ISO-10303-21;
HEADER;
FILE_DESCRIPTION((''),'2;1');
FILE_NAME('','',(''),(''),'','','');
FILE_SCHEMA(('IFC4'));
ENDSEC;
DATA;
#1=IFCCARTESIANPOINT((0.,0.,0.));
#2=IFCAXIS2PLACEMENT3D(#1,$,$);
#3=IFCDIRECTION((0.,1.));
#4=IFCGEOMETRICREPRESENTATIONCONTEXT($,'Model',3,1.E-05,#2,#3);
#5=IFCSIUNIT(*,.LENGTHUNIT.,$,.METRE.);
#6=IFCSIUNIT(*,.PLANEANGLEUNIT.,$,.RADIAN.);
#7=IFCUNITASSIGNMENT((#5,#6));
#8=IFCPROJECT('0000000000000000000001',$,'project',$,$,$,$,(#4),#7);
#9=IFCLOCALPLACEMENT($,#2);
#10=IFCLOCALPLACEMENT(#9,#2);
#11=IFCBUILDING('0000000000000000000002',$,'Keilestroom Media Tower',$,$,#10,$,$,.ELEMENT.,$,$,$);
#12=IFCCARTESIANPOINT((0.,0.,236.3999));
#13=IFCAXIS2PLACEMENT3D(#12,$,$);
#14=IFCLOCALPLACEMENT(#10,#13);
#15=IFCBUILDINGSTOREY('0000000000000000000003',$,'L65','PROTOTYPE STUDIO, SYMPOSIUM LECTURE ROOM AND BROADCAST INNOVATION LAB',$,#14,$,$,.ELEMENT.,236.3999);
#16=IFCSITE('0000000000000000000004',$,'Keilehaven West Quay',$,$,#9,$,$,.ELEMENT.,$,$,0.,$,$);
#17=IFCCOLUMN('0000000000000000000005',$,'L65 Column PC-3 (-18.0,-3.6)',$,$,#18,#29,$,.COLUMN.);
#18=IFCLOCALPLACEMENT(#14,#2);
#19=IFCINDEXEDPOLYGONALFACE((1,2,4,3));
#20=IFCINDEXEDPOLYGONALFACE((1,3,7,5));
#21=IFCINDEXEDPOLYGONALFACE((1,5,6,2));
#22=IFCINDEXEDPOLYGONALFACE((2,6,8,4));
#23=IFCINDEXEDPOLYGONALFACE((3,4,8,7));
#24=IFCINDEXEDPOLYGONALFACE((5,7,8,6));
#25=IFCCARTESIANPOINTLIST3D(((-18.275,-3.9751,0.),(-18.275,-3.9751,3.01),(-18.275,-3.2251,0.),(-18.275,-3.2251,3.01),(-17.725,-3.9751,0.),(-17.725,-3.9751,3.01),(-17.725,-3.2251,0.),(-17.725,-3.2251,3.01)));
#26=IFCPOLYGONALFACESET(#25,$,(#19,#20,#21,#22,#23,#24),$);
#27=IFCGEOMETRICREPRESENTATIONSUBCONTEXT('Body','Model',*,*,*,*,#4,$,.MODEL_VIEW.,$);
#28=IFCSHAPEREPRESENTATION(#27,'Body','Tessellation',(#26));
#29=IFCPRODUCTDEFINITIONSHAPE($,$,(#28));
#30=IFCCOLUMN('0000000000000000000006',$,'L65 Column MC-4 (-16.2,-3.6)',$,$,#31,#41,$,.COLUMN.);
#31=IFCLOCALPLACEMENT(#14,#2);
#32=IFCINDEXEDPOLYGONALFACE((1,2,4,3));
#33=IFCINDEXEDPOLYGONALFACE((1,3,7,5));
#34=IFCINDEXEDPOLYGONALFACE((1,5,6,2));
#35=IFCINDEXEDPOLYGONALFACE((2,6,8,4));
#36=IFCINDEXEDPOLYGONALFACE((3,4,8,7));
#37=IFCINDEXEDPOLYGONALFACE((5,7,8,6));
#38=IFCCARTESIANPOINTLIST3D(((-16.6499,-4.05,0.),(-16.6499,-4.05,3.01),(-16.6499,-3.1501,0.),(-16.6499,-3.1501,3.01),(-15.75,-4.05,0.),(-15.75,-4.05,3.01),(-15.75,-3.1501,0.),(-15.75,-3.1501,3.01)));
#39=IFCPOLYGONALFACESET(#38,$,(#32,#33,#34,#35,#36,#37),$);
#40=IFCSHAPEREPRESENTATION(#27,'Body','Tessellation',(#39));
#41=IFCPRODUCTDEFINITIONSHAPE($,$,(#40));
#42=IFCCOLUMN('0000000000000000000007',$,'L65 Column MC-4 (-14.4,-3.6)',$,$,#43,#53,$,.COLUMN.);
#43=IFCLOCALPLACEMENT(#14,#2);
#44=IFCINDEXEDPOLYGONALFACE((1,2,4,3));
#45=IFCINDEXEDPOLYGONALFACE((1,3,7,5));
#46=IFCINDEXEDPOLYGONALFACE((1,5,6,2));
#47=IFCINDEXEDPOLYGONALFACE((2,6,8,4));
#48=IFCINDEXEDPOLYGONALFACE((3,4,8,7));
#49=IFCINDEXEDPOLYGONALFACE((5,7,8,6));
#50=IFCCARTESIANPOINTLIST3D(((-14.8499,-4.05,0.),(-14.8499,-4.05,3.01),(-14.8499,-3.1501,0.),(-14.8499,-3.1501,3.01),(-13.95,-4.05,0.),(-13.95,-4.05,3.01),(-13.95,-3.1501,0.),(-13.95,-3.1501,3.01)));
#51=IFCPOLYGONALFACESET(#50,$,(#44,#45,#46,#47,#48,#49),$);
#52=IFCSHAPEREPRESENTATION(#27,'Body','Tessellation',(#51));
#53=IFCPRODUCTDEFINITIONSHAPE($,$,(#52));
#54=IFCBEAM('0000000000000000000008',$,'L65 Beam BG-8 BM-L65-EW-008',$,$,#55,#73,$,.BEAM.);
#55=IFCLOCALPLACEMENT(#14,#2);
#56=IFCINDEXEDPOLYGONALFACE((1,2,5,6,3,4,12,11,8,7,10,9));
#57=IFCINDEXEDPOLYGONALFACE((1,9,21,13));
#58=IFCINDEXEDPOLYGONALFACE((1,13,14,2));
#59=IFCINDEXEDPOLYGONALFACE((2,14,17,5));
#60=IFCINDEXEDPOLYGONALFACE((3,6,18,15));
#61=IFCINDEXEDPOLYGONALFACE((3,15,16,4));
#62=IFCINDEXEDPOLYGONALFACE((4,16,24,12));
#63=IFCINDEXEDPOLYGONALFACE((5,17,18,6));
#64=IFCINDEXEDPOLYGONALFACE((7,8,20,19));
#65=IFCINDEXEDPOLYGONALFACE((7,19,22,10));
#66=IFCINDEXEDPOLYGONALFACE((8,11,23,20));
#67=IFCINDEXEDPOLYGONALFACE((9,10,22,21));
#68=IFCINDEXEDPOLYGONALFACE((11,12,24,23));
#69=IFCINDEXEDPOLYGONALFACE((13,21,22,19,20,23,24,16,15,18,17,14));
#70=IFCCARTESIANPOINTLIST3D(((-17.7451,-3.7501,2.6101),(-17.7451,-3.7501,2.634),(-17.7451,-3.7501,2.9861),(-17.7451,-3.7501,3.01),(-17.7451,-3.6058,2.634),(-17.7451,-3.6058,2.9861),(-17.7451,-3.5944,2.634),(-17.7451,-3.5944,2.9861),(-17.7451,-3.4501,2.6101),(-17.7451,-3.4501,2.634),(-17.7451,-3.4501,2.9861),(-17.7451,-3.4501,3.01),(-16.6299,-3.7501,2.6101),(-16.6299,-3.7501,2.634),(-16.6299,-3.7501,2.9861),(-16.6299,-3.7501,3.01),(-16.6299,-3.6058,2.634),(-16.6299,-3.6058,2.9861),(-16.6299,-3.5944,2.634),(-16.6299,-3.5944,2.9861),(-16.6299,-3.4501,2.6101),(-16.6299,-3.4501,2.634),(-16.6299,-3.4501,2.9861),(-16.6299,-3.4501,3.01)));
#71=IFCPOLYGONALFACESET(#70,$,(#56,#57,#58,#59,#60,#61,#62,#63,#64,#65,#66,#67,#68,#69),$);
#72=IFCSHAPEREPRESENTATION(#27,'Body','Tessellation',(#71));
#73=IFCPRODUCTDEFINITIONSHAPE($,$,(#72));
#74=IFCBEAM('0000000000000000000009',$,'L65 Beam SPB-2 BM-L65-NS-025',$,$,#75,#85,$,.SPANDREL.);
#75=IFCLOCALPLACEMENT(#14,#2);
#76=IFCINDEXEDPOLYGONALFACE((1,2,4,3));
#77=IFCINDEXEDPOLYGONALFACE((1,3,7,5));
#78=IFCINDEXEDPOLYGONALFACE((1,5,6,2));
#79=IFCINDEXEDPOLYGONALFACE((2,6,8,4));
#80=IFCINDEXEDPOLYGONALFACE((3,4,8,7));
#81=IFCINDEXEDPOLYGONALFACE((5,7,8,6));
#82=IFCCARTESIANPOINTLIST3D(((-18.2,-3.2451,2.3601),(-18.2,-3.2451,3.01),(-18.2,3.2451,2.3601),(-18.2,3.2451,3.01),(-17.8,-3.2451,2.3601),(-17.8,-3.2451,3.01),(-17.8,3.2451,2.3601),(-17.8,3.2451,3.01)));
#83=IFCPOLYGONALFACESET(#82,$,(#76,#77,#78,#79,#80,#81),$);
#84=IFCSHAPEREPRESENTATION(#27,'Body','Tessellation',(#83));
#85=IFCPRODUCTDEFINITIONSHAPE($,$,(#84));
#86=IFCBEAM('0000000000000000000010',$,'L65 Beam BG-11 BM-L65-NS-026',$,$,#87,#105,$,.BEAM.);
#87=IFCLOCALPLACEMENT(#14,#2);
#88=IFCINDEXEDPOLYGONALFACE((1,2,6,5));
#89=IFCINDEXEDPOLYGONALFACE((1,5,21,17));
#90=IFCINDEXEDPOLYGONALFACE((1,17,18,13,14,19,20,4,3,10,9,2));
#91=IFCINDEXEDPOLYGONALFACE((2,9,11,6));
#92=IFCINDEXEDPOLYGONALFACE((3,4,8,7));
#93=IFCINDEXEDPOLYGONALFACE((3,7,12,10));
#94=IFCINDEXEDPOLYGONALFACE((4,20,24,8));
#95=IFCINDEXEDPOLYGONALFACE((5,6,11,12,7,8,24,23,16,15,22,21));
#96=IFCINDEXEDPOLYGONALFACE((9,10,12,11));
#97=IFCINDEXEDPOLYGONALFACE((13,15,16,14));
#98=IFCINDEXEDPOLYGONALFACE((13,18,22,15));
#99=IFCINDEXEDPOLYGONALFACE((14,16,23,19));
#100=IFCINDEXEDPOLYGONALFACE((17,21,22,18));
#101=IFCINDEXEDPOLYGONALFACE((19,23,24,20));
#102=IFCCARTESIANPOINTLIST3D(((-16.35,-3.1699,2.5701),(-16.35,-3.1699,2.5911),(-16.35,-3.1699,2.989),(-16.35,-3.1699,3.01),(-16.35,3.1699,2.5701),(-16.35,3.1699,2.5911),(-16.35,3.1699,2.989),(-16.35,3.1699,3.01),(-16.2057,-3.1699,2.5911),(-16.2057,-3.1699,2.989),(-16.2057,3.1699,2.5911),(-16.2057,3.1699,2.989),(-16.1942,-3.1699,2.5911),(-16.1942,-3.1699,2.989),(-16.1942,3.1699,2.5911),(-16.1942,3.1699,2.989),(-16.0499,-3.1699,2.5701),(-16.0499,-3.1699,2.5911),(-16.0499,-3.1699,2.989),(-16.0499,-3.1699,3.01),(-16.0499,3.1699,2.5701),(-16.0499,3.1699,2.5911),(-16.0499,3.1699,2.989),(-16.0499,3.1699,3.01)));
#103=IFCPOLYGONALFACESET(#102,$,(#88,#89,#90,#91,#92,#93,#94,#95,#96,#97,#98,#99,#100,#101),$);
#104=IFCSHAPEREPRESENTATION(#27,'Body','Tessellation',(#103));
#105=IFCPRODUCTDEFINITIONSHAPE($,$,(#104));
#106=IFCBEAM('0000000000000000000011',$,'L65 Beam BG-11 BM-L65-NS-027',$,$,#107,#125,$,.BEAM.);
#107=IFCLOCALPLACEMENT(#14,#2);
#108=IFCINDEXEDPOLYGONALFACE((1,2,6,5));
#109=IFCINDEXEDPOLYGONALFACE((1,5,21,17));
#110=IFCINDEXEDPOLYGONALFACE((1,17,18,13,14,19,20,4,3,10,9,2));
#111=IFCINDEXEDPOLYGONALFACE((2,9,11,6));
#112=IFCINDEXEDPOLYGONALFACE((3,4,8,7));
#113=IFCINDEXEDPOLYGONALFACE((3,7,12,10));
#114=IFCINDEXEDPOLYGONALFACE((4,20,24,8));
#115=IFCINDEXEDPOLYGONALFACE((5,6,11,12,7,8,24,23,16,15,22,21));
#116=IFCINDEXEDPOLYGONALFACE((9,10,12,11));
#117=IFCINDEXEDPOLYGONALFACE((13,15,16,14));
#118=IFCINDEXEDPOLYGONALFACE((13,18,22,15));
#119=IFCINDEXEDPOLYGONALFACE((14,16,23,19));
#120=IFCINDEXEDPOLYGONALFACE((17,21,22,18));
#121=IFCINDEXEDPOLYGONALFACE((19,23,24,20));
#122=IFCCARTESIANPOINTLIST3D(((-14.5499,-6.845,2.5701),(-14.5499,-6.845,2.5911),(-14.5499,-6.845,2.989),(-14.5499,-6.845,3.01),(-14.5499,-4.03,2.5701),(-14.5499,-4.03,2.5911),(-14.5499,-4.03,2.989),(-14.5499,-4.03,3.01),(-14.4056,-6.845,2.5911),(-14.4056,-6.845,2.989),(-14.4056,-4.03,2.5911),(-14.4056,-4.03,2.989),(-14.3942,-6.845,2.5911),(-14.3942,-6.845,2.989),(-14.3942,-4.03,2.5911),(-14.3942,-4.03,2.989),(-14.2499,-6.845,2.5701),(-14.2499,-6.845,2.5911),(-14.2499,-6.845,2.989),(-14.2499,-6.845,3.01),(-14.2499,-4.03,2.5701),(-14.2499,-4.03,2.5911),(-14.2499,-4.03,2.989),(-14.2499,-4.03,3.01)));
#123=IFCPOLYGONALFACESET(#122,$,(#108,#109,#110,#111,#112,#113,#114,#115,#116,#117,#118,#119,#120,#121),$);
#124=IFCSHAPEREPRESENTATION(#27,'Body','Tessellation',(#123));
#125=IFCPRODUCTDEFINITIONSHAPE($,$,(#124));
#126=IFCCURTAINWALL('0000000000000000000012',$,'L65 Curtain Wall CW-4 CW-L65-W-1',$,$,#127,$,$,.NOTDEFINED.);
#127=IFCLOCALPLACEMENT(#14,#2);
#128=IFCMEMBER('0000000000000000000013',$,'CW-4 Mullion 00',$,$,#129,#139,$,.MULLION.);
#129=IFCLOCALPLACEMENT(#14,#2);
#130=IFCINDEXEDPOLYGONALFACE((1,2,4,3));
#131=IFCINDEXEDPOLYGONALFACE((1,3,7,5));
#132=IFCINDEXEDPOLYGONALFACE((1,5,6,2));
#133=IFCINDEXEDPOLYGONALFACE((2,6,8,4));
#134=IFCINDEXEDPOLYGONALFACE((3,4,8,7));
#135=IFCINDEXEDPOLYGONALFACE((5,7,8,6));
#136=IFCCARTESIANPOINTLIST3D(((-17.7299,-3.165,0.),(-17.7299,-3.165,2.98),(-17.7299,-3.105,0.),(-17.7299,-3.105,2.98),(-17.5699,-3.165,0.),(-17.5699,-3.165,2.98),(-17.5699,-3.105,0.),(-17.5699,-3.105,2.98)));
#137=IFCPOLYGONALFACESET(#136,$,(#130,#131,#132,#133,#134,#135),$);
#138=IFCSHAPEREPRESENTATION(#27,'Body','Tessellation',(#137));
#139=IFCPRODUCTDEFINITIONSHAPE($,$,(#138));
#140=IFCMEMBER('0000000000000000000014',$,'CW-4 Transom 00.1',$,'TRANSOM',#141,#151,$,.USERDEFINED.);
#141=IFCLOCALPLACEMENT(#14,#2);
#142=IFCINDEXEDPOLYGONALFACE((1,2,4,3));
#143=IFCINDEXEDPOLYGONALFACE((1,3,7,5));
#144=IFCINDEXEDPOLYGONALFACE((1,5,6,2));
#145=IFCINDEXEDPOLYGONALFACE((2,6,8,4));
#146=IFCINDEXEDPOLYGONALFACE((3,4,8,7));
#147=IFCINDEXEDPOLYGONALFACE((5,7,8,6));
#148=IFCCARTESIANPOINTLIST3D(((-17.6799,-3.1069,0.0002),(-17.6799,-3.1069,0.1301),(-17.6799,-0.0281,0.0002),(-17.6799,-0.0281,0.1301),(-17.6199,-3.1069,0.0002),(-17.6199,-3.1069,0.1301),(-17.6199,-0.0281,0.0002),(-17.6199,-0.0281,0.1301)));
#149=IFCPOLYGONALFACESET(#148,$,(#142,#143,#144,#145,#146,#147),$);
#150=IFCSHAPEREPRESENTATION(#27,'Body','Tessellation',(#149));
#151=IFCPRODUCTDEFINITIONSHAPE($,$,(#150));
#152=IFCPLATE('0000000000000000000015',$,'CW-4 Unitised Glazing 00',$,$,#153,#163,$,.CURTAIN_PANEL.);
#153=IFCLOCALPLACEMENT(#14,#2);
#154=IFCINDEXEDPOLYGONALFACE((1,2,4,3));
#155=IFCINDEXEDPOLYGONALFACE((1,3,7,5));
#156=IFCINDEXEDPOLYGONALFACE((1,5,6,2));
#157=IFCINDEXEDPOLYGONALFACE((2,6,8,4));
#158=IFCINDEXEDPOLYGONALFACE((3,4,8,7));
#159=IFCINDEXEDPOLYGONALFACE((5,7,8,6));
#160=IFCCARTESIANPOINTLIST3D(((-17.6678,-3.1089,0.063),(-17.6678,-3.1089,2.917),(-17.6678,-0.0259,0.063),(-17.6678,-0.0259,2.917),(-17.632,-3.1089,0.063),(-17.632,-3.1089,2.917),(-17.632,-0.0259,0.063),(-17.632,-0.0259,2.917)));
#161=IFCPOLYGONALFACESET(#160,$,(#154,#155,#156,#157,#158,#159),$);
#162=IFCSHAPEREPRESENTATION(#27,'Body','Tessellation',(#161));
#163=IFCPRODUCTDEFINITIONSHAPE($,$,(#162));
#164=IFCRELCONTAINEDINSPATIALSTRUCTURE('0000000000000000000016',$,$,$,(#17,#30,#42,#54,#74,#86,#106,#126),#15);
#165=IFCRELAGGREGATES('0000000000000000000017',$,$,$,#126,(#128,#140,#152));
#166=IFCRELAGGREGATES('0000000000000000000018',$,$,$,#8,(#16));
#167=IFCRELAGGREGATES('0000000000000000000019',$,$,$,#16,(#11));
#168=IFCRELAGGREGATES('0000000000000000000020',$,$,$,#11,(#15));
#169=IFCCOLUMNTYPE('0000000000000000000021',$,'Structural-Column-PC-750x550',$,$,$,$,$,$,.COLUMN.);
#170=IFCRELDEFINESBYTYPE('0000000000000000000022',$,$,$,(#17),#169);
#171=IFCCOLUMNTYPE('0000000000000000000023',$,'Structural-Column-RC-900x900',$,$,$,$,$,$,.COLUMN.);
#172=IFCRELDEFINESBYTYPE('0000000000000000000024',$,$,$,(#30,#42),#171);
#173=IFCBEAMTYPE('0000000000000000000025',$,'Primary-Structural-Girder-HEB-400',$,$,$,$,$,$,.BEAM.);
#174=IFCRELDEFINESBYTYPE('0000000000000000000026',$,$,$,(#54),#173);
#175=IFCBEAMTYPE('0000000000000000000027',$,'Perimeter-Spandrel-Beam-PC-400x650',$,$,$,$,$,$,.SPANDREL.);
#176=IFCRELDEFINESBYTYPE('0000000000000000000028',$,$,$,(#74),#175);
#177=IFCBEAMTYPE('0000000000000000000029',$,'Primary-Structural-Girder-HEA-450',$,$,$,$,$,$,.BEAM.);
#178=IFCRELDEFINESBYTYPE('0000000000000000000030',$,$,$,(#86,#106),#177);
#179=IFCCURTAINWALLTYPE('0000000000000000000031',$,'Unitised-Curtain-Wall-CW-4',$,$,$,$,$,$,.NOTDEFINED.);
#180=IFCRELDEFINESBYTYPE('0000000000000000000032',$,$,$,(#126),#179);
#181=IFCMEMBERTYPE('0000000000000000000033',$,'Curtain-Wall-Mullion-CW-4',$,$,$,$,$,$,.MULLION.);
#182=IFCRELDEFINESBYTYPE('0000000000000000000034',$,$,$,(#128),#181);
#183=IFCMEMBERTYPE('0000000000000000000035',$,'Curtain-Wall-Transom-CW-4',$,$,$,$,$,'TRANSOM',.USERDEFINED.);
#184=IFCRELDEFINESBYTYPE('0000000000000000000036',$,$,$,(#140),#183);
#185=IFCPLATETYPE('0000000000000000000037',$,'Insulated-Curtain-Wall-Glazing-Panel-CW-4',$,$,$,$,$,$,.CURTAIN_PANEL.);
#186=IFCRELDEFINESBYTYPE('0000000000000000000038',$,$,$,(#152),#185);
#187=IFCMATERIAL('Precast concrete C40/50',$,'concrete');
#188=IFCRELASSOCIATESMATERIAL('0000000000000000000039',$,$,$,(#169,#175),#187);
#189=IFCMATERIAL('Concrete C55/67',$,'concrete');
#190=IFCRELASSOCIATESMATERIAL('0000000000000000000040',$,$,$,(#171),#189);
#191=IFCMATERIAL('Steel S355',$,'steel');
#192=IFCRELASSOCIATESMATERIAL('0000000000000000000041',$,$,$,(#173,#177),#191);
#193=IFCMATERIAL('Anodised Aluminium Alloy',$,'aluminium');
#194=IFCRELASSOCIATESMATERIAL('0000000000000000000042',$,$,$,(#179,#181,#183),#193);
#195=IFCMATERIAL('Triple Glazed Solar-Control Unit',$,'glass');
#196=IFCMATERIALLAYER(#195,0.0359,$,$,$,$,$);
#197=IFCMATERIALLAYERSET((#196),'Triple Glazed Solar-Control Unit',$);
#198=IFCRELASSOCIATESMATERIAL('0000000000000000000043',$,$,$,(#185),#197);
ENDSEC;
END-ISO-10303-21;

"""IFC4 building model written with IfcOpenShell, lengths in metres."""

from ifc_helpers import new_model, si_unit, direction, frame, origin, origin_2d, place, context, subcontext, project, spatial, rectangle, i_section, extrude, source, transform, mapped, material, layer, layer_set, material_profile, profile_set, type_object, element, aggregate, save


model = new_model("IFC4")

# Units and contexts
model_context = context("Model", 3, precision=1e-05, world=origin(), true_north=direction((0.0, 1.0)))
body_context = subcontext(model_context, "Body", "Model", "MODEL_VIEW")
ifc_project = project(units=[si_unit("LENGTHUNIT", "METRE"), si_unit("PLANEANGLEUNIT", "RADIAN")], contexts=[model_context])

# Site, building, storey
site_placement = place(None, origin())
site = spatial("IfcSite", under=ifc_project, at=site_placement, Name="Keilehaven West Quay", CompositionType="ELEMENT", RefElevation=0.0)
building_placement = place(site_placement, origin())
building = spatial("IfcBuilding", under=site, at=building_placement, Name="Keilestroom Media Tower", CompositionType="ELEMENT")
storey_placement = place(building_placement, frame((0.0, 0.0, 236.3999)))
storey = spatial("IfcBuildingStorey", under=building, at=storey_placement, Name="L65", Description="PROTOTYPE STUDIO, SYMPOSIUM LECTURE ROOM AND BROADCAST INNOVATION LAB", CompositionType="ELEMENT", Elevation=236.3999)

# Columns
ifc_material_1 = material(Name="Precast concrete C40/50", Category="concrete")
ifc_material_profile_1 = material_profile(ifc_material_1, rectangle(XDim=0.55, YDim=0.75, at=origin_2d()), Name="PC 750x550")
ifc_profile_set_1 = profile_set([ifc_material_profile_1], Name="Precast concrete C40/50")
column_type_1 = type_object("IfcColumnType", Name="Structural-Column-PC-750x550", PredefinedType="COLUMN", material=ifc_profile_set_1)
shared_shape_1 = source(origin(), body_context, "Body", "SweptSolid", [
    extrude(rectangle(XDim=0.55, YDim=0.75, at=origin_2d()), origin(), (0.0, 0.0, 1.0), 3.01),
])
column_placement = place(storey_placement, frame((-18.0, -3.6001, 0.0), z_axis=(0.0, 0.0, 1.0), x_axis=(1.0, 0.0, 0.0)))
element("IfcColumn", 1, at=column_placement, inside=storey, type_object=column_type_1, Name="L65 Column PC-3 (-18.0,-3.6)", PredefinedType="COLUMN", context=body_context, shape_type="MappedRepresentation", body=[
    mapped(shared_shape_1, transform((0.0, 0.0, 0.0), x_axis=(1.0, 0.0, 0.0), y_axis=(0.0, 1.0, 0.0), z_axis=(0.0, 0.0, 1.0), scale=1.0)),
])
ifc_material_2 = material(Name="Concrete C55/67", Category="concrete")
ifc_material_profile_2 = material_profile(ifc_material_2, rectangle(XDim=0.8999, YDim=0.8999, at=origin_2d()), Name="RC 900x900")
ifc_profile_set_2 = profile_set([ifc_material_profile_2], Name="Concrete C55/67")
column_type_2 = type_object("IfcColumnType", Name="Structural-Column-RC-900x900", PredefinedType="COLUMN", material=ifc_profile_set_2)
shared_shape_2 = source(origin(), body_context, "Body", "SweptSolid", [
    extrude(rectangle(XDim=0.8999, YDim=0.8999, at=origin_2d()), origin(), (0.0, 0.0, 1.0), 3.01),
])
for number, where, z_axis, x_axis, name in (
    (2, (-16.2, -3.6001, 0.0), (0.0, 0.0, 1.0), (1.0, 0.0, 0.0), "L65 Column MC-4 (-16.2,-3.6)"),
    (3, (-14.3999, -3.6001, 0.0), (0.0, 0.0, 1.0), (1.0, 0.0, 0.0), "L65 Column MC-4 (-14.4,-3.6)"),
):
    element("IfcColumn", number, at=place(storey_placement, frame(where, z_axis=z_axis, x_axis=x_axis)), inside=storey, type_object=column_type_2, Name=name, PredefinedType="COLUMN", context=body_context, shape_type="MappedRepresentation", body=[
        mapped(shared_shape_2, transform((0.0, 0.0, 0.0), x_axis=(1.0, 0.0, 0.0), y_axis=(0.0, 1.0, 0.0), z_axis=(0.0, 0.0, 1.0), scale=1.0)),
    ])

# Beams
ifc_material_3 = material(Name="Steel S355", Category="steel")
ifc_material_profile_3 = material_profile(ifc_material_3, i_section(OverallWidth=0.3, OverallDepth=0.3999, WebThickness=0.0115, FlangeThickness=0.0239, at=origin_2d()), Name="HEB 400")
ifc_profile_set_3 = profile_set([ifc_material_profile_3], Name="Steel S355")
beam_type_1 = type_object("IfcBeamType", Name="Primary-Structural-Girder-HEB-400", PredefinedType="BEAM", material=ifc_profile_set_3)
shared_shape_3 = source(origin(), body_context, "Body", "SweptSolid", [
    extrude(i_section(OverallWidth=0.3, OverallDepth=0.3999, WebThickness=0.0115, FlangeThickness=0.0239, at=origin_2d()), origin(), (0.0, 0.0, 1.0), 1.1152),
])
beam_1_placement = place(storey_placement, frame((-17.7451, -3.6001, 2.8101), z_axis=(1.0, 0.0, 0.0), x_axis=(0.0, 1.0, 0.0)))
element("IfcBeam", 4, at=beam_1_placement, inside=storey, type_object=beam_type_1, Name="L65 Beam BG-8 BM-L65-EW-008", PredefinedType="BEAM", context=body_context, shape_type="MappedRepresentation", body=[
    mapped(shared_shape_3, transform((0.0, 0.0, 0.0), x_axis=(1.0, 0.0, 0.0), y_axis=(0.0, 1.0, 0.0), z_axis=(0.0, 0.0, 1.0), scale=1.0)),
])
ifc_material_profile_4 = material_profile(ifc_material_1, rectangle(XDim=0.3999, YDim=0.6499, at=origin_2d()), Name="PC 400x650")
ifc_profile_set_4 = profile_set([ifc_material_profile_4], Name="Precast concrete C40/50")
beam_type_2 = type_object("IfcBeamType", Name="Perimeter-Spandrel-Beam-PC-400x650", PredefinedType="SPANDREL", material=ifc_profile_set_4)
shared_shape_4 = source(origin(), body_context, "Body", "SweptSolid", [
    extrude(rectangle(XDim=0.3999, YDim=0.6499, at=origin_2d()), origin(), (0.0, 0.0, 1.0), 6.4902),
])
beam_2_placement = place(storey_placement, frame((-18.0, -3.2451, 2.6851), z_axis=(0.0, 1.0, 0.0), x_axis=(-1.0, 0.0, 0.0)))
element("IfcBeam", 5, at=beam_2_placement, inside=storey, type_object=beam_type_2, Name="L65 Beam SPB-2 BM-L65-NS-025", PredefinedType="SPANDREL", context=body_context, shape_type="MappedRepresentation", body=[
    mapped(shared_shape_4, transform((0.0, 0.0, 0.0), x_axis=(1.0, 0.0, 0.0), y_axis=(0.0, 1.0, 0.0), z_axis=(0.0, 0.0, 1.0), scale=1.0)),
])
ifc_material_profile_5 = material_profile(ifc_material_3, i_section(OverallWidth=0.3, OverallDepth=0.4399, WebThickness=0.0115, FlangeThickness=0.021, at=origin_2d()), Name="HEA 450")
ifc_profile_set_5 = profile_set([ifc_material_profile_5], Name="Steel S355")
beam_type_3 = type_object("IfcBeamType", Name="Primary-Structural-Girder-HEA-450", PredefinedType="BEAM", material=ifc_profile_set_5)
shared_shape_5 = source(origin(), body_context, "Body", "SweptSolid", [
    extrude(i_section(OverallWidth=0.3, OverallDepth=0.4399, WebThickness=0.0115, FlangeThickness=0.021, at=origin_2d()), origin(), (0.0, 0.0, 1.0), 6.3398),
])
beam_3_placement = place(storey_placement, frame((-16.2, -3.1699, 2.79), z_axis=(0.0, 1.0, 0.0), x_axis=(-1.0, 0.0, 0.0)))
element("IfcBeam", 6, at=beam_3_placement, inside=storey, type_object=beam_type_3, Name="L65 Beam BG-11 BM-L65-NS-026", PredefinedType="BEAM", context=body_context, shape_type="MappedRepresentation", body=[
    mapped(shared_shape_5, transform((0.0, 0.0, 0.0), x_axis=(1.0, 0.0, 0.0), y_axis=(0.0, 1.0, 0.0), z_axis=(0.0, 0.0, 1.0), scale=1.0)),
])
shared_shape_6 = source(origin(), body_context, "Body", "SweptSolid", [
    extrude(i_section(OverallWidth=0.3, OverallDepth=0.4399, WebThickness=0.0115, FlangeThickness=0.021, at=origin_2d()), origin(), (0.0, 0.0, 1.0), 2.8149),
])
beam_4_placement = place(storey_placement, frame((-14.3999, -6.845, 2.79), z_axis=(0.0, 1.0, 0.0), x_axis=(-1.0, 0.0, 0.0)))
element("IfcBeam", 7, at=beam_4_placement, inside=storey, type_object=beam_type_3, Name="L65 Beam BG-11 BM-L65-NS-027", PredefinedType="BEAM", context=body_context, shape_type="MappedRepresentation", body=[
    mapped(shared_shape_6, transform((0.0, 0.0, 0.0), x_axis=(1.0, 0.0, 0.0), y_axis=(0.0, 1.0, 0.0), z_axis=(0.0, 0.0, 1.0), scale=1.0)),
])

# Curtain wall, members, plate
ifc_material_4 = material(Name="Anodised Aluminium Alloy", Category="aluminium")
curtain_wall_type = type_object("IfcCurtainWallType", Name="Unitised-Curtain-Wall-CW-4", PredefinedType="NOTDEFINED", material=ifc_material_4)
curtain_wall_placement = place(storey_placement, origin())
curtain_wall = element("IfcCurtainWall", 8, at=curtain_wall_placement, inside=storey, type_object=curtain_wall_type, Name="L65 Curtain Wall CW-4 CW-L65-W-1", PredefinedType="NOTDEFINED")
ifc_material_profile_6 = material_profile(ifc_material_4, rectangle(XDim=0.0601, YDim=0.1599, at=origin_2d()), Name="ALU MULLION 60x160")
ifc_profile_set_6 = profile_set([ifc_material_profile_6], Name="Anodised Aluminium Alloy")
member_type_1 = type_object("IfcMemberType", Name="Curtain-Wall-Mullion-CW-4", PredefinedType="MULLION", material=ifc_profile_set_6)
shared_shape_7 = source(origin(), body_context, "Body", "SweptSolid", [
    extrude(rectangle(XDim=0.0601, YDim=0.1599, at=origin_2d()), origin(), (0.0, 0.0, 1.0), 2.98),
])
member_1_placement = place(storey_placement, frame((-17.6499, -3.135, 0.0), z_axis=(0.0, 0.0, 1.0), x_axis=(0.0, 1.0, 0.0)))
member_1 = element("IfcMember", 9, at=member_1_placement, type_object=member_type_1, Name="CW-4 Mullion 00", PredefinedType="MULLION", context=body_context, shape_type="MappedRepresentation", body=[
    mapped(shared_shape_7, transform((0.0, 0.0, 0.0), x_axis=(1.0, 0.0, 0.0), y_axis=(0.0, 1.0, 0.0), z_axis=(0.0, 0.0, 1.0), scale=1.0)),
])
ifc_material_profile_7 = material_profile(ifc_material_4, rectangle(XDim=0.0601, YDim=0.1299, at=origin_2d()), Name="ALU TRANSOM 60x130")
ifc_profile_set_7 = profile_set([ifc_material_profile_7], Name="Anodised Aluminium Alloy")
member_type_2 = type_object("IfcMemberType", Name="Curtain-Wall-Transom-CW-4", ElementType="TRANSOM", PredefinedType="USERDEFINED", material=ifc_profile_set_7)
shared_shape_8 = source(origin(), body_context, "Body", "SweptSolid", [
    extrude(rectangle(XDim=0.0601, YDim=0.1299, at=origin_2d()), origin(), (0.0, 0.0, 1.0), 3.0789),
])
member_2_placement = place(storey_placement, frame((-17.6499, -3.1069, 0.0652), z_axis=(0.0, 1.0, 0.0), x_axis=(-1.0, 0.0, 0.0)))
member_2 = element("IfcMember", 10, at=member_2_placement, type_object=member_type_2, Name="CW-4 Transom 00.1", ObjectType="TRANSOM", PredefinedType="USERDEFINED", context=body_context, shape_type="MappedRepresentation", body=[
    mapped(shared_shape_8, transform((0.0, 0.0, 0.0), x_axis=(1.0, 0.0, 0.0), y_axis=(0.0, 1.0, 0.0), z_axis=(0.0, 0.0, 1.0), scale=1.0)),
])
ifc_material_5 = material(Name="Triple Glazed Solar-Control Unit", Category="glass")
ifc_layer_1 = layer(ifc_material_5, 0.0359)
ifc_layer_set_1 = layer_set([ifc_layer_1], Name="Triple Glazed Solar-Control Unit")
plate_type = type_object("IfcPlateType", Name="Insulated-Curtain-Wall-Glazing-Panel-CW-4", PredefinedType="CURTAIN_PANEL", material=ifc_layer_set_1)
shared_shape_9 = source(origin(), body_context, "Body", "SweptSolid", [
    extrude(rectangle(XDim=3.083, YDim=0.0359, at=origin_2d()), origin(), (0.0, 0.0, 1.0), 2.854),
])
plate_placement = place(storey_placement, frame((-17.6499, -1.5674, 0.063), z_axis=(0.0, 0.0, 1.0), x_axis=(0.0, 1.0, 0.0)))
plate = element("IfcPlate", 11, at=plate_placement, type_object=plate_type, Name="CW-4 Unitised Glazing 00", PredefinedType="CURTAIN_PANEL", context=body_context, shape_type="MappedRepresentation", body=[
    mapped(shared_shape_9, transform((0.0, 0.0, 0.0), x_axis=(1.0, 0.0, 0.0), y_axis=(0.0, 1.0, 0.0), z_axis=(0.0, 0.0, 1.0), scale=1.0)),
])
aggregate(curtain_wall, [member_1, member_2, plate])

save(model, "model.ifc")
